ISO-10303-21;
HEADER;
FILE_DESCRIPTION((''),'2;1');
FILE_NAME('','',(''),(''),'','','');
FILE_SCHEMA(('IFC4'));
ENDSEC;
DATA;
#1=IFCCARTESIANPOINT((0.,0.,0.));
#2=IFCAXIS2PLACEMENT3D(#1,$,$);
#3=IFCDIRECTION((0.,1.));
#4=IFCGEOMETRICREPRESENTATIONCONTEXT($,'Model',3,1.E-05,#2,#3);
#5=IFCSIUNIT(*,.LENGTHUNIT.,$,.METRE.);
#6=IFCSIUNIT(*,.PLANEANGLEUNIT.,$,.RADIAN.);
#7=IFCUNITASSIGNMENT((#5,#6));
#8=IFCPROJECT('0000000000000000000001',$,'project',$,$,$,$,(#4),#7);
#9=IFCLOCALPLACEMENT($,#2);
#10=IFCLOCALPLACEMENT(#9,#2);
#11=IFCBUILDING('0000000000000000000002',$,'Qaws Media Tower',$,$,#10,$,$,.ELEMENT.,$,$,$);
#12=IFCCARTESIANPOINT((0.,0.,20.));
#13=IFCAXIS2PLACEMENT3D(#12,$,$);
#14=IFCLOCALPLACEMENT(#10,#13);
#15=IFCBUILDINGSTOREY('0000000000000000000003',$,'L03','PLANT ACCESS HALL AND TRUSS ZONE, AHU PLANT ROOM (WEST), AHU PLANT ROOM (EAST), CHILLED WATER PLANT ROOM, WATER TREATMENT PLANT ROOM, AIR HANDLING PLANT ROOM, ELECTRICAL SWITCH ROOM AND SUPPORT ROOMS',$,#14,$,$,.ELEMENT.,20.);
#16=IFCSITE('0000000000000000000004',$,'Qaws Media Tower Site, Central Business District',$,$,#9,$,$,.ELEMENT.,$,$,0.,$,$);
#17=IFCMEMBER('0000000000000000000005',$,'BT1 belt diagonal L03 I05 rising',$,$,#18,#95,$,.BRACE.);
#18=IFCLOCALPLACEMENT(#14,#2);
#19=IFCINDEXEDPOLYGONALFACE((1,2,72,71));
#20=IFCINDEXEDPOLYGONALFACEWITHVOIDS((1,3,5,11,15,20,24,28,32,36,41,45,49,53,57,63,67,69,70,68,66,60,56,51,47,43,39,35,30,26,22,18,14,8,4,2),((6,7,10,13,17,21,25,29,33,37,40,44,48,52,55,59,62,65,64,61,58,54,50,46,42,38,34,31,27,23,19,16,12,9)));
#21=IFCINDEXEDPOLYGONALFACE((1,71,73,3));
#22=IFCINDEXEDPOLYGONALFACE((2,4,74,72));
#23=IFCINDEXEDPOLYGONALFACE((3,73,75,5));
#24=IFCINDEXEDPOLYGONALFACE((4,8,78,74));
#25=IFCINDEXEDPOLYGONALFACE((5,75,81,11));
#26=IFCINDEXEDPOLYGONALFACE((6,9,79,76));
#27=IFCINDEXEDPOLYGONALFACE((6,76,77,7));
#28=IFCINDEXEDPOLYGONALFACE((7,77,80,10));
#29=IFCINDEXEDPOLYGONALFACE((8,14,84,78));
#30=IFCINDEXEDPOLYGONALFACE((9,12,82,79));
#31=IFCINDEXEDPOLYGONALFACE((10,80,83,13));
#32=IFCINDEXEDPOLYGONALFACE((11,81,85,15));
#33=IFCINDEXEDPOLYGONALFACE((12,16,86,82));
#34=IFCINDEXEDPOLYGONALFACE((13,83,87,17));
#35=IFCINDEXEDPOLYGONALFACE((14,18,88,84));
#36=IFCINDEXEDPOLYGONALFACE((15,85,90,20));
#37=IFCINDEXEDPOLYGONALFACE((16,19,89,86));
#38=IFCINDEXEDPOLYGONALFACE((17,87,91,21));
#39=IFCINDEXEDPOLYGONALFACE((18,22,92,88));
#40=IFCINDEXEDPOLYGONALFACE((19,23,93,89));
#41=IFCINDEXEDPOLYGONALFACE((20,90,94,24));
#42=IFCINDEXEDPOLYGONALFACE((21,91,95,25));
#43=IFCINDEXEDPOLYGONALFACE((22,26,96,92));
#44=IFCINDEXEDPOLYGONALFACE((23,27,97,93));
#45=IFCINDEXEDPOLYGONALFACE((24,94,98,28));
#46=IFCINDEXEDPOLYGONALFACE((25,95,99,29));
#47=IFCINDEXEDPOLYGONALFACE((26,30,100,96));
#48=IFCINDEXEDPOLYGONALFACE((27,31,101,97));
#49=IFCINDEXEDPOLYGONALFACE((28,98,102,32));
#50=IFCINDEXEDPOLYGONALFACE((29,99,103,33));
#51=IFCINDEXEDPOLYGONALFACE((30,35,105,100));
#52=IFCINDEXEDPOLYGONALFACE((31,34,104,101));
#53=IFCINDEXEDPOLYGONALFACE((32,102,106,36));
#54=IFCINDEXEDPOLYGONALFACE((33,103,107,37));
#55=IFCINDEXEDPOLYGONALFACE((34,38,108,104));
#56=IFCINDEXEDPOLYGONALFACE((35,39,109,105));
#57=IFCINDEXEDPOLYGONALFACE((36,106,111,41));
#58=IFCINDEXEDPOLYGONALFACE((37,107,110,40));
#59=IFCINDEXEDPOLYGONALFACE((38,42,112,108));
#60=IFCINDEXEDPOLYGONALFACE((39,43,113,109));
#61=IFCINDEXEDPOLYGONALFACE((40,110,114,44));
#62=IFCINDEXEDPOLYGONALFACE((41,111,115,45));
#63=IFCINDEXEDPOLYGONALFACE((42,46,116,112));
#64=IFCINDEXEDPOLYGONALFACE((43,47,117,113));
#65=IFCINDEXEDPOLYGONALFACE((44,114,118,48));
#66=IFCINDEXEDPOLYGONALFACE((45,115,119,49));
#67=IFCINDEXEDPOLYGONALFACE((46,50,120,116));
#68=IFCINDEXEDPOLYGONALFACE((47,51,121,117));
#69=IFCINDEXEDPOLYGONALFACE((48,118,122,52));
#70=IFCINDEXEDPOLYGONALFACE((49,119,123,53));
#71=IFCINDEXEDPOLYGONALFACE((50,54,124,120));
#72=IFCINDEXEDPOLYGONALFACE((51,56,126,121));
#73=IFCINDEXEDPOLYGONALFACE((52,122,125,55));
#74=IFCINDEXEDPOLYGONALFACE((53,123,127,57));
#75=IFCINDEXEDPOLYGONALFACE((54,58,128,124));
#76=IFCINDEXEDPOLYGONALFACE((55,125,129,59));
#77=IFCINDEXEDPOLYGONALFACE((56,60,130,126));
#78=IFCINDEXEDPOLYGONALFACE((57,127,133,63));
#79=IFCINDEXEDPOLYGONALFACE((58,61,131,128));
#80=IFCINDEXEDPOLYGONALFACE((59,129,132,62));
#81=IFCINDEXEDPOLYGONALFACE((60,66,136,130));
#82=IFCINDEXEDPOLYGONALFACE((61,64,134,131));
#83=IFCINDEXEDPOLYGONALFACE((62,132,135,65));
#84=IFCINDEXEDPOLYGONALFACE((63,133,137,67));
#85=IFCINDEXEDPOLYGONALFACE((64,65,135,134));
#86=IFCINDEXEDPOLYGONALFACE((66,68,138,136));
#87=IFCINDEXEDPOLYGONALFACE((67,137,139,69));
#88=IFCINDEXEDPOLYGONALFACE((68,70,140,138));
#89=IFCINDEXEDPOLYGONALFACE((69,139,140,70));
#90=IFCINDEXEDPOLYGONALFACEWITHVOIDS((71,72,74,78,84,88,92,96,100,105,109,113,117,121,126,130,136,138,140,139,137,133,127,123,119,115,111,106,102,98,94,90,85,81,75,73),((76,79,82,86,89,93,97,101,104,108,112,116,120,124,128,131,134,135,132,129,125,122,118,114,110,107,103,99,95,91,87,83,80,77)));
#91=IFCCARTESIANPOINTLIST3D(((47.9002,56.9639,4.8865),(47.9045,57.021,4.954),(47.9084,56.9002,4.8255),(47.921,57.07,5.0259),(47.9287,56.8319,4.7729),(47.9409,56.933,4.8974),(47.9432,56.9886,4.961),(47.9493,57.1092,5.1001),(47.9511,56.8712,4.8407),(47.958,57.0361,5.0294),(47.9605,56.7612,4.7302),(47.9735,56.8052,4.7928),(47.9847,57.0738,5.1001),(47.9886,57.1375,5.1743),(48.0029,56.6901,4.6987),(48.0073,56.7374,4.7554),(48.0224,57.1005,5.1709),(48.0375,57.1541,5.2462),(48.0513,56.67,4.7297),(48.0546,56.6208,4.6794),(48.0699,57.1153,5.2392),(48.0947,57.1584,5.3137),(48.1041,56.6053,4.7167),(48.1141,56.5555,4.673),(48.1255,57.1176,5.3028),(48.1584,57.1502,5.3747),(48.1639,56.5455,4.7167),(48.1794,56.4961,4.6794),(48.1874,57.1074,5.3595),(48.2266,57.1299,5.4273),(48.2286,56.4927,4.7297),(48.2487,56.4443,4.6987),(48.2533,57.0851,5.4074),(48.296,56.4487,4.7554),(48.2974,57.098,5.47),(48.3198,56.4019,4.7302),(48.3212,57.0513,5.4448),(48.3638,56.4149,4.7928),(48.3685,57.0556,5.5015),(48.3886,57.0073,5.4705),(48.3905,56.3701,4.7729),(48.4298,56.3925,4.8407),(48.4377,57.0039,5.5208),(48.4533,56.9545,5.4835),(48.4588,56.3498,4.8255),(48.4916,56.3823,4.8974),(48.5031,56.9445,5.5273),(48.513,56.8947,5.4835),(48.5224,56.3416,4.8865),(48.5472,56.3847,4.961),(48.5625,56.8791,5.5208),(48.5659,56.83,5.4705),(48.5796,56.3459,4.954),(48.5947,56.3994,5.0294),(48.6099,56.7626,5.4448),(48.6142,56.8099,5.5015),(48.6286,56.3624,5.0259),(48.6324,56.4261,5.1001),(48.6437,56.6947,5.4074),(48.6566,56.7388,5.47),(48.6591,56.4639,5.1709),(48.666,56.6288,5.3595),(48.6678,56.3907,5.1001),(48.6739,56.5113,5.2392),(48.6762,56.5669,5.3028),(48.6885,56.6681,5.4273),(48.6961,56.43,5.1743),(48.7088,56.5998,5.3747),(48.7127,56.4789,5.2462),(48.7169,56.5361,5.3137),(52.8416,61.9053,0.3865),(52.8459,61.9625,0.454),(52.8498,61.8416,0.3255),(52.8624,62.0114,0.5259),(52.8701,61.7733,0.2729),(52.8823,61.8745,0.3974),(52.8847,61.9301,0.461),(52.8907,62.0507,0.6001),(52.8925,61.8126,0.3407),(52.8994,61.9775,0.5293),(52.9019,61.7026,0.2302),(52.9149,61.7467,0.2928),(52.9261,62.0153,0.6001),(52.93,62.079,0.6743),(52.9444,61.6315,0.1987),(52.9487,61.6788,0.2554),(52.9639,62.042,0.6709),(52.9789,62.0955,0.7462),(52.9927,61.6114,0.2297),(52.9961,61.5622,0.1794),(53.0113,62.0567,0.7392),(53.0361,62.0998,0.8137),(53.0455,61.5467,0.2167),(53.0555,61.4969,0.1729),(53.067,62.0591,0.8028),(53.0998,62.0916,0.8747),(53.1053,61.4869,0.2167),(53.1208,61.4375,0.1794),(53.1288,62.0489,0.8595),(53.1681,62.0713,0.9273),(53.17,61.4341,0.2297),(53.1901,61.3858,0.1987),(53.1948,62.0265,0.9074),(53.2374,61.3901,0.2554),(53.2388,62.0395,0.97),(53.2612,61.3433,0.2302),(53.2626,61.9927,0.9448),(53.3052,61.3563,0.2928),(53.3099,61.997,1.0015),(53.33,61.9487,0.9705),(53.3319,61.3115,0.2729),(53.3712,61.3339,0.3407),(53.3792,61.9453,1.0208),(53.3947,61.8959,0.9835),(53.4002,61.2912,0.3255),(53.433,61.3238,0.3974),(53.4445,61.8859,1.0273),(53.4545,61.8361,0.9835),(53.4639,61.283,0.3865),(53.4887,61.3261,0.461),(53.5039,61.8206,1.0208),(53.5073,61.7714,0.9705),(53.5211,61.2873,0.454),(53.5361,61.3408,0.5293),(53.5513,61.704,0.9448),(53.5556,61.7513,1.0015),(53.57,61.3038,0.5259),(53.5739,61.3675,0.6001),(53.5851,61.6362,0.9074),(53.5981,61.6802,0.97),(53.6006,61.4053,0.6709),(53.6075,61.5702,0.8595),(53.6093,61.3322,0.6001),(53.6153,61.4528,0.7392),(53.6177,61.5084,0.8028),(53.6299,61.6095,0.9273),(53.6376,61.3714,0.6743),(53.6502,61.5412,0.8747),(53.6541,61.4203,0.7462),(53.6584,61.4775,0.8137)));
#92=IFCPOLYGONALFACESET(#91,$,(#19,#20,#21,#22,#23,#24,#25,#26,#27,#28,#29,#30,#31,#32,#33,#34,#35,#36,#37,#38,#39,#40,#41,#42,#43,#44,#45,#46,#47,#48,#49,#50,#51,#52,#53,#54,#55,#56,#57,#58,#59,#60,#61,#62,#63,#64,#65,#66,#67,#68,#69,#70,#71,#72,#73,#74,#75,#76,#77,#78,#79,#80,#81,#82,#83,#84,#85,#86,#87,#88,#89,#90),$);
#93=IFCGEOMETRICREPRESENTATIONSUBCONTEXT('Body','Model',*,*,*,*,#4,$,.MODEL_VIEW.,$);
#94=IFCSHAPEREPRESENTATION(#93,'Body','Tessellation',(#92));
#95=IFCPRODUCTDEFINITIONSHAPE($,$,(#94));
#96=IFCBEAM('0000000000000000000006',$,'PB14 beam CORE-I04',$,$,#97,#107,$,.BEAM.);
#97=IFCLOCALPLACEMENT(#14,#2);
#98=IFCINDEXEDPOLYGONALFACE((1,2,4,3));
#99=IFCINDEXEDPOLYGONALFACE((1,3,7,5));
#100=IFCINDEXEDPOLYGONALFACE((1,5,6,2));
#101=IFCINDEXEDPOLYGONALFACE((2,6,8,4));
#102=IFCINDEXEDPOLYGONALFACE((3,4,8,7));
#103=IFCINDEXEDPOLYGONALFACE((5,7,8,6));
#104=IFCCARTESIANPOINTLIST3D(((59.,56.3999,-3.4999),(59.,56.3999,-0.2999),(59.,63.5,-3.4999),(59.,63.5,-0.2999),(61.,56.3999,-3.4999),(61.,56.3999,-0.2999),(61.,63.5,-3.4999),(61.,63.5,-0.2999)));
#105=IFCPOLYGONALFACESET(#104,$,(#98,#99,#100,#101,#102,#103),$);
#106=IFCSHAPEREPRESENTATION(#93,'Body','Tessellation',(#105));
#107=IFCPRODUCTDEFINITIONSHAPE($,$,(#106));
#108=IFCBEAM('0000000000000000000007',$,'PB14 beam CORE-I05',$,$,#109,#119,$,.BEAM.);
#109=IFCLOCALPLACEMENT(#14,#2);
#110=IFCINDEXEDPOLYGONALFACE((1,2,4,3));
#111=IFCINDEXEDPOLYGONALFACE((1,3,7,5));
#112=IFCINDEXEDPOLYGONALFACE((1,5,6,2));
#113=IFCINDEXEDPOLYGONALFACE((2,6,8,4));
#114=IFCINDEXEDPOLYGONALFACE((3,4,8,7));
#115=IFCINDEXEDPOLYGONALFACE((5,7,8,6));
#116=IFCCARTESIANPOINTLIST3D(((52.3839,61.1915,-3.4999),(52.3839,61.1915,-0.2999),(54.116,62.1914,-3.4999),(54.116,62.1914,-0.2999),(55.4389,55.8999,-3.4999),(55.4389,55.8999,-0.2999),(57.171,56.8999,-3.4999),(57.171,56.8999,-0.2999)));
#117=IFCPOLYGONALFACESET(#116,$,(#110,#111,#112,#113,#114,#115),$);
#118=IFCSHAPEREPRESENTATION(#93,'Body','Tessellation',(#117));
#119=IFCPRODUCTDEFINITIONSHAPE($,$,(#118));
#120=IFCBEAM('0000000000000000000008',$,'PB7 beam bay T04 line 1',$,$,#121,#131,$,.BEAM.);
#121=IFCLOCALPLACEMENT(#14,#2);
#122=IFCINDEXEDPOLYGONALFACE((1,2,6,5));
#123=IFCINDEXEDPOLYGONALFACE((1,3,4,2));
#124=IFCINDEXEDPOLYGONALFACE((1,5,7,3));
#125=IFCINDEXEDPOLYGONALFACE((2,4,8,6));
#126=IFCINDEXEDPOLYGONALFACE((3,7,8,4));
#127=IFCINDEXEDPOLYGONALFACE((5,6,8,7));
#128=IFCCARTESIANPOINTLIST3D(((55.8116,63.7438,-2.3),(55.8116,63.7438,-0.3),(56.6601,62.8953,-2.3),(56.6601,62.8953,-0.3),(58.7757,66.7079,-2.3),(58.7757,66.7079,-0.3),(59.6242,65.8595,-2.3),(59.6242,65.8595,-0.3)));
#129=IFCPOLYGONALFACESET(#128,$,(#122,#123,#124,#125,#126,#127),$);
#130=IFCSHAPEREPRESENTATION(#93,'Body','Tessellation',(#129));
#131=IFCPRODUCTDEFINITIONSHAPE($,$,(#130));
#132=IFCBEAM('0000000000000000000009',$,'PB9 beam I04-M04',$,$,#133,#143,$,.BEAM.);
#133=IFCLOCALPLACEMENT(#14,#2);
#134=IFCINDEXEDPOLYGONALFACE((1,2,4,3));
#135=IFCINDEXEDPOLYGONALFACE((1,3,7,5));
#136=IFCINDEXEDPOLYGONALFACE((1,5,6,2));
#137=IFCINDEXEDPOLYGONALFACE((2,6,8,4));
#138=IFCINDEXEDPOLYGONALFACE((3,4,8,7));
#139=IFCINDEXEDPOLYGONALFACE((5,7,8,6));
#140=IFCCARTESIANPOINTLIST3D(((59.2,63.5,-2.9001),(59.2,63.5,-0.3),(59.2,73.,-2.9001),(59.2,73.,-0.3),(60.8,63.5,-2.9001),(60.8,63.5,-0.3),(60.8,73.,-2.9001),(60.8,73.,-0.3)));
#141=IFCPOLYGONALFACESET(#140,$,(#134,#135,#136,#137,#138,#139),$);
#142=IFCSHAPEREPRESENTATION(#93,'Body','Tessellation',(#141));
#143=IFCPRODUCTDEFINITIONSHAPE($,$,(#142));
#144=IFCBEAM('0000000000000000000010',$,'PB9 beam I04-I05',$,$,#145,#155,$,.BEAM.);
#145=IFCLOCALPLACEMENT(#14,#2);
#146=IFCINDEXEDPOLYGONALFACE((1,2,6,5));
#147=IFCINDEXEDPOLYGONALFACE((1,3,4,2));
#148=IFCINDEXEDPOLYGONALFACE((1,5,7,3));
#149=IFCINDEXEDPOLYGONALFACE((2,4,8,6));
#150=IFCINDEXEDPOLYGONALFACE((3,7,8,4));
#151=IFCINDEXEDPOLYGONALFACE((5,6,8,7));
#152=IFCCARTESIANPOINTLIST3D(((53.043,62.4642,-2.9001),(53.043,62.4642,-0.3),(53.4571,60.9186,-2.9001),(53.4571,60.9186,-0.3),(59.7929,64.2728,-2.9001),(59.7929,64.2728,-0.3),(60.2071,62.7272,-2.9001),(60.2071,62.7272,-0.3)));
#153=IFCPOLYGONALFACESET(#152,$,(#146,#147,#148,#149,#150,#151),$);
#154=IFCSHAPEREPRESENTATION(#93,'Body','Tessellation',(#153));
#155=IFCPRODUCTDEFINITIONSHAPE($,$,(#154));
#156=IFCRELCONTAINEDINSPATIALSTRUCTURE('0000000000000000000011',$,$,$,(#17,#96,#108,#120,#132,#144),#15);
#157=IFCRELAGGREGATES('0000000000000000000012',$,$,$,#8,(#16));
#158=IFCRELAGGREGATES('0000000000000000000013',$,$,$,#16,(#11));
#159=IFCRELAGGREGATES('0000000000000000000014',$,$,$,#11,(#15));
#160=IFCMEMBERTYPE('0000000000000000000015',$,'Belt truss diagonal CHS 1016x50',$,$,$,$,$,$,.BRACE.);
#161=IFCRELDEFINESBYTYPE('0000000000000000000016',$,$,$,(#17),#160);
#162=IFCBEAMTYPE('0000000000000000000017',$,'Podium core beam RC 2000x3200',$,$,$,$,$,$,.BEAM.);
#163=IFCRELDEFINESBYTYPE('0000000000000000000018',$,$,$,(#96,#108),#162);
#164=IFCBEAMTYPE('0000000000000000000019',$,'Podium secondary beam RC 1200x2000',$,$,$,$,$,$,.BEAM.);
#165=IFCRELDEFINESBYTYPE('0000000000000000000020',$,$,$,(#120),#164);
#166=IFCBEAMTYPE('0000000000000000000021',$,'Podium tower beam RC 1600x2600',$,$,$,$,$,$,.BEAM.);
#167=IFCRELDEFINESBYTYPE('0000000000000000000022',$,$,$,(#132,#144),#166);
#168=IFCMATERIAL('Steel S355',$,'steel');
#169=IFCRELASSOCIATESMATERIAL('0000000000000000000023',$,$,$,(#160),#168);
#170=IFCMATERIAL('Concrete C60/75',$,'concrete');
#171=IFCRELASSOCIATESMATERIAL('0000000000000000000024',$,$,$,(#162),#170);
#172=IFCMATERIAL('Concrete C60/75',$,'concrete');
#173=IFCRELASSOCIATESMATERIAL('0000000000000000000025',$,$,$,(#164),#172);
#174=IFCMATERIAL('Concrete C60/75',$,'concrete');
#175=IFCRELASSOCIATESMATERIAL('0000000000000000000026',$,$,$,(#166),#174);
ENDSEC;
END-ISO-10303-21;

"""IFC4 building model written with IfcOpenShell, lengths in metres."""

from ifc_helpers import new_model, si_unit, direction, frame, origin, origin_2d, place, context, subcontext, project, spatial, rectangle, hollow_circle, extrude, material, material_profile, profile_set, type_object, element, save


model = new_model("IFC4")

# Units and contexts
model_context = context("Model", 3, precision=1e-05, world=origin(), true_north=direction((0.0, 1.0)))
body_context = subcontext(model_context, "Body", "Model", "MODEL_VIEW")
ifc_project = project(units=[si_unit("LENGTHUNIT", "METRE"), si_unit("PLANEANGLEUNIT", "RADIAN")], contexts=[model_context])

# Site, building, storey
site_placement = place(None, origin())
site = spatial("IfcSite", under=ifc_project, at=site_placement, Name="Qaws Media Tower Site, Central Business District", CompositionType="ELEMENT", RefElevation=0.0)
building_placement = place(site_placement, origin())
building = spatial("IfcBuilding", under=site, at=building_placement, Name="Qaws Media Tower", CompositionType="ELEMENT")
storey_placement = place(building_placement, frame((0.0, 0.0, 20.0)))
storey = spatial("IfcBuildingStorey", under=building, at=storey_placement, Name="L03", Description="PLANT ACCESS HALL AND TRUSS ZONE, AHU PLANT ROOM (WEST), AHU PLANT ROOM (EAST), CHILLED WATER PLANT ROOM, WATER TREATMENT PLANT ROOM, AIR HANDLING PLANT ROOM, ELECTRICAL SWITCH ROOM AND SUPPORT ROOMS", CompositionType="ELEMENT", Elevation=20.0)

# Member
ifc_material_1 = material(Name="Steel S355", Category="steel")
ifc_material_profile_1 = material_profile(ifc_material_1, hollow_circle(Radius=0.5081, WallThickness=0.05, at=origin_2d()), Name="CHS 1016x50")
ifc_profile_set_1 = profile_set([ifc_material_profile_1], Name="Steel S355")
member_type = type_object("IfcMemberType", Name="Belt truss diagonal CHS 1016x50", PredefinedType="BRACE", material=ifc_profile_set_1)
for number, where, z_axis, x_axis, name in (
    (1, (53.25, 61.6914, 0.6001), (-0.594509, -0.594509, 0.541403), (0.707107, -0.707107, 0.0), "BT1 belt diagonal L03 I05 rising"),
):
    element("IfcMember", number, at=place(storey_placement, frame(where, z_axis=z_axis, x_axis=x_axis)), inside=storey, type_object=member_type, Name=name, PredefinedType="BRACE", context=body_context, shape_type="SweptSolid", body=[
        extrude(hollow_circle(Radius=0.5081, WallThickness=0.05, at=origin_2d()), origin(), (0.0, 0.0, 1.0), 8.3118),
    ])

# Beams
ifc_material_2 = material(Name="Concrete C60/75", Category="concrete")
ifc_material_profile_2 = material_profile(ifc_material_2, rectangle(XDim=2.0, YDim=3.2, at=origin_2d()), Name="RC 2000x3200")
ifc_profile_set_2 = profile_set([ifc_material_profile_2], Name="Concrete C60/75")
beam_type_1 = type_object("IfcBeamType", Name="Podium core beam RC 2000x3200", PredefinedType="BEAM", material=ifc_profile_set_2)
beam_1_placement = place(storey_placement, frame((60.0, 56.3999, -1.8999), z_axis=(0.0, 1.0, 0.0), x_axis=(-1.0, 0.0, 0.0)))
element("IfcBeam", 2, at=beam_1_placement, inside=storey, type_object=beam_type_1, Name="PB14 beam CORE-I04", PredefinedType="BEAM", context=body_context, shape_type="SweptSolid", body=[
    extrude(rectangle(XDim=2.0, YDim=3.2, at=origin_2d()), origin(), (0.0, 0.0, 1.0), 7.1001),
])
beam_2_placement = place(storey_placement, frame((56.3049, 56.3999, -1.8999), z_axis=(-0.499985, 0.866034, 0.0), x_axis=(-0.866034, -0.499985, 0.0)))
element("IfcBeam", 3, at=beam_2_placement, inside=storey, type_object=beam_type_1, Name="PB14 beam CORE-I05", PredefinedType="BEAM", context=body_context, shape_type="SweptSolid", body=[
    extrude(rectangle(XDim=2.0, YDim=3.2, at=origin_2d()), origin(), (0.0, 0.0, 1.0), 6.1101),
])
ifc_material_3 = material(Name="Concrete C60/75", Category="concrete")
ifc_material_profile_3 = material_profile(ifc_material_3, rectangle(XDim=1.2, YDim=2.0, at=origin_2d()), Name="RC 1200x2000")
ifc_profile_set_3 = profile_set([ifc_material_profile_3], Name="Concrete C60/75")
beam_type_2 = type_object("IfcBeamType", Name="Podium secondary beam RC 1200x2000", PredefinedType="BEAM", material=ifc_profile_set_3)
beam_3_placement = place(storey_placement, frame((56.2358, 63.3196, -1.3), z_axis=(0.707107, 0.707107, 0.0), x_axis=(-0.707107, 0.707107, 0.0)))
element("IfcBeam", 4, at=beam_3_placement, inside=storey, type_object=beam_type_2, Name="PB7 beam bay T04 line 1", PredefinedType="BEAM", context=body_context, shape_type="SweptSolid", body=[
    extrude(rectangle(XDim=1.2, YDim=2.0, at=origin_2d()), origin(), (0.0, 0.0, 1.0), 4.1919),
])
ifc_material_4 = material(Name="Concrete C60/75", Category="concrete")
ifc_material_profile_4 = material_profile(ifc_material_4, rectangle(XDim=1.6001, YDim=2.6001, at=origin_2d()), Name="RC 1600x2600")
ifc_profile_set_4 = profile_set([ifc_material_profile_4], Name="Concrete C60/75")
beam_type_3 = type_object("IfcBeamType", Name="Podium tower beam RC 1600x2600", PredefinedType="BEAM", material=ifc_profile_set_4)
beam_4_placement = place(storey_placement, frame((60.0, 63.5, -1.6001), z_axis=(0.0, 1.0, 0.0), x_axis=(-1.0, 0.0, 0.0)))
element("IfcBeam", 5, at=beam_4_placement, inside=storey, type_object=beam_type_3, Name="PB9 beam I04-M04", PredefinedType="BEAM", context=body_context, shape_type="SweptSolid", body=[
    extrude(rectangle(XDim=1.6001, YDim=2.6001, at=origin_2d()), origin(), (0.0, 0.0, 1.0), 9.5),
])
beam_5_placement = place(storey_placement, frame((60.0, 63.5, -1.6001), z_axis=(-0.965928, -0.258811, 0.0), x_axis=(0.258811, -0.965928, 0.0)))
element("IfcBeam", 6, at=beam_5_placement, inside=storey, type_object=beam_type_3, Name="PB9 beam I04-I05", PredefinedType="BEAM", context=body_context, shape_type="SweptSolid", body=[
    extrude(rectangle(XDim=1.6001, YDim=2.6001, at=origin_2d()), origin(), (0.0, 0.0, 1.0), 6.988),
])

save(model, "model.ifc")
